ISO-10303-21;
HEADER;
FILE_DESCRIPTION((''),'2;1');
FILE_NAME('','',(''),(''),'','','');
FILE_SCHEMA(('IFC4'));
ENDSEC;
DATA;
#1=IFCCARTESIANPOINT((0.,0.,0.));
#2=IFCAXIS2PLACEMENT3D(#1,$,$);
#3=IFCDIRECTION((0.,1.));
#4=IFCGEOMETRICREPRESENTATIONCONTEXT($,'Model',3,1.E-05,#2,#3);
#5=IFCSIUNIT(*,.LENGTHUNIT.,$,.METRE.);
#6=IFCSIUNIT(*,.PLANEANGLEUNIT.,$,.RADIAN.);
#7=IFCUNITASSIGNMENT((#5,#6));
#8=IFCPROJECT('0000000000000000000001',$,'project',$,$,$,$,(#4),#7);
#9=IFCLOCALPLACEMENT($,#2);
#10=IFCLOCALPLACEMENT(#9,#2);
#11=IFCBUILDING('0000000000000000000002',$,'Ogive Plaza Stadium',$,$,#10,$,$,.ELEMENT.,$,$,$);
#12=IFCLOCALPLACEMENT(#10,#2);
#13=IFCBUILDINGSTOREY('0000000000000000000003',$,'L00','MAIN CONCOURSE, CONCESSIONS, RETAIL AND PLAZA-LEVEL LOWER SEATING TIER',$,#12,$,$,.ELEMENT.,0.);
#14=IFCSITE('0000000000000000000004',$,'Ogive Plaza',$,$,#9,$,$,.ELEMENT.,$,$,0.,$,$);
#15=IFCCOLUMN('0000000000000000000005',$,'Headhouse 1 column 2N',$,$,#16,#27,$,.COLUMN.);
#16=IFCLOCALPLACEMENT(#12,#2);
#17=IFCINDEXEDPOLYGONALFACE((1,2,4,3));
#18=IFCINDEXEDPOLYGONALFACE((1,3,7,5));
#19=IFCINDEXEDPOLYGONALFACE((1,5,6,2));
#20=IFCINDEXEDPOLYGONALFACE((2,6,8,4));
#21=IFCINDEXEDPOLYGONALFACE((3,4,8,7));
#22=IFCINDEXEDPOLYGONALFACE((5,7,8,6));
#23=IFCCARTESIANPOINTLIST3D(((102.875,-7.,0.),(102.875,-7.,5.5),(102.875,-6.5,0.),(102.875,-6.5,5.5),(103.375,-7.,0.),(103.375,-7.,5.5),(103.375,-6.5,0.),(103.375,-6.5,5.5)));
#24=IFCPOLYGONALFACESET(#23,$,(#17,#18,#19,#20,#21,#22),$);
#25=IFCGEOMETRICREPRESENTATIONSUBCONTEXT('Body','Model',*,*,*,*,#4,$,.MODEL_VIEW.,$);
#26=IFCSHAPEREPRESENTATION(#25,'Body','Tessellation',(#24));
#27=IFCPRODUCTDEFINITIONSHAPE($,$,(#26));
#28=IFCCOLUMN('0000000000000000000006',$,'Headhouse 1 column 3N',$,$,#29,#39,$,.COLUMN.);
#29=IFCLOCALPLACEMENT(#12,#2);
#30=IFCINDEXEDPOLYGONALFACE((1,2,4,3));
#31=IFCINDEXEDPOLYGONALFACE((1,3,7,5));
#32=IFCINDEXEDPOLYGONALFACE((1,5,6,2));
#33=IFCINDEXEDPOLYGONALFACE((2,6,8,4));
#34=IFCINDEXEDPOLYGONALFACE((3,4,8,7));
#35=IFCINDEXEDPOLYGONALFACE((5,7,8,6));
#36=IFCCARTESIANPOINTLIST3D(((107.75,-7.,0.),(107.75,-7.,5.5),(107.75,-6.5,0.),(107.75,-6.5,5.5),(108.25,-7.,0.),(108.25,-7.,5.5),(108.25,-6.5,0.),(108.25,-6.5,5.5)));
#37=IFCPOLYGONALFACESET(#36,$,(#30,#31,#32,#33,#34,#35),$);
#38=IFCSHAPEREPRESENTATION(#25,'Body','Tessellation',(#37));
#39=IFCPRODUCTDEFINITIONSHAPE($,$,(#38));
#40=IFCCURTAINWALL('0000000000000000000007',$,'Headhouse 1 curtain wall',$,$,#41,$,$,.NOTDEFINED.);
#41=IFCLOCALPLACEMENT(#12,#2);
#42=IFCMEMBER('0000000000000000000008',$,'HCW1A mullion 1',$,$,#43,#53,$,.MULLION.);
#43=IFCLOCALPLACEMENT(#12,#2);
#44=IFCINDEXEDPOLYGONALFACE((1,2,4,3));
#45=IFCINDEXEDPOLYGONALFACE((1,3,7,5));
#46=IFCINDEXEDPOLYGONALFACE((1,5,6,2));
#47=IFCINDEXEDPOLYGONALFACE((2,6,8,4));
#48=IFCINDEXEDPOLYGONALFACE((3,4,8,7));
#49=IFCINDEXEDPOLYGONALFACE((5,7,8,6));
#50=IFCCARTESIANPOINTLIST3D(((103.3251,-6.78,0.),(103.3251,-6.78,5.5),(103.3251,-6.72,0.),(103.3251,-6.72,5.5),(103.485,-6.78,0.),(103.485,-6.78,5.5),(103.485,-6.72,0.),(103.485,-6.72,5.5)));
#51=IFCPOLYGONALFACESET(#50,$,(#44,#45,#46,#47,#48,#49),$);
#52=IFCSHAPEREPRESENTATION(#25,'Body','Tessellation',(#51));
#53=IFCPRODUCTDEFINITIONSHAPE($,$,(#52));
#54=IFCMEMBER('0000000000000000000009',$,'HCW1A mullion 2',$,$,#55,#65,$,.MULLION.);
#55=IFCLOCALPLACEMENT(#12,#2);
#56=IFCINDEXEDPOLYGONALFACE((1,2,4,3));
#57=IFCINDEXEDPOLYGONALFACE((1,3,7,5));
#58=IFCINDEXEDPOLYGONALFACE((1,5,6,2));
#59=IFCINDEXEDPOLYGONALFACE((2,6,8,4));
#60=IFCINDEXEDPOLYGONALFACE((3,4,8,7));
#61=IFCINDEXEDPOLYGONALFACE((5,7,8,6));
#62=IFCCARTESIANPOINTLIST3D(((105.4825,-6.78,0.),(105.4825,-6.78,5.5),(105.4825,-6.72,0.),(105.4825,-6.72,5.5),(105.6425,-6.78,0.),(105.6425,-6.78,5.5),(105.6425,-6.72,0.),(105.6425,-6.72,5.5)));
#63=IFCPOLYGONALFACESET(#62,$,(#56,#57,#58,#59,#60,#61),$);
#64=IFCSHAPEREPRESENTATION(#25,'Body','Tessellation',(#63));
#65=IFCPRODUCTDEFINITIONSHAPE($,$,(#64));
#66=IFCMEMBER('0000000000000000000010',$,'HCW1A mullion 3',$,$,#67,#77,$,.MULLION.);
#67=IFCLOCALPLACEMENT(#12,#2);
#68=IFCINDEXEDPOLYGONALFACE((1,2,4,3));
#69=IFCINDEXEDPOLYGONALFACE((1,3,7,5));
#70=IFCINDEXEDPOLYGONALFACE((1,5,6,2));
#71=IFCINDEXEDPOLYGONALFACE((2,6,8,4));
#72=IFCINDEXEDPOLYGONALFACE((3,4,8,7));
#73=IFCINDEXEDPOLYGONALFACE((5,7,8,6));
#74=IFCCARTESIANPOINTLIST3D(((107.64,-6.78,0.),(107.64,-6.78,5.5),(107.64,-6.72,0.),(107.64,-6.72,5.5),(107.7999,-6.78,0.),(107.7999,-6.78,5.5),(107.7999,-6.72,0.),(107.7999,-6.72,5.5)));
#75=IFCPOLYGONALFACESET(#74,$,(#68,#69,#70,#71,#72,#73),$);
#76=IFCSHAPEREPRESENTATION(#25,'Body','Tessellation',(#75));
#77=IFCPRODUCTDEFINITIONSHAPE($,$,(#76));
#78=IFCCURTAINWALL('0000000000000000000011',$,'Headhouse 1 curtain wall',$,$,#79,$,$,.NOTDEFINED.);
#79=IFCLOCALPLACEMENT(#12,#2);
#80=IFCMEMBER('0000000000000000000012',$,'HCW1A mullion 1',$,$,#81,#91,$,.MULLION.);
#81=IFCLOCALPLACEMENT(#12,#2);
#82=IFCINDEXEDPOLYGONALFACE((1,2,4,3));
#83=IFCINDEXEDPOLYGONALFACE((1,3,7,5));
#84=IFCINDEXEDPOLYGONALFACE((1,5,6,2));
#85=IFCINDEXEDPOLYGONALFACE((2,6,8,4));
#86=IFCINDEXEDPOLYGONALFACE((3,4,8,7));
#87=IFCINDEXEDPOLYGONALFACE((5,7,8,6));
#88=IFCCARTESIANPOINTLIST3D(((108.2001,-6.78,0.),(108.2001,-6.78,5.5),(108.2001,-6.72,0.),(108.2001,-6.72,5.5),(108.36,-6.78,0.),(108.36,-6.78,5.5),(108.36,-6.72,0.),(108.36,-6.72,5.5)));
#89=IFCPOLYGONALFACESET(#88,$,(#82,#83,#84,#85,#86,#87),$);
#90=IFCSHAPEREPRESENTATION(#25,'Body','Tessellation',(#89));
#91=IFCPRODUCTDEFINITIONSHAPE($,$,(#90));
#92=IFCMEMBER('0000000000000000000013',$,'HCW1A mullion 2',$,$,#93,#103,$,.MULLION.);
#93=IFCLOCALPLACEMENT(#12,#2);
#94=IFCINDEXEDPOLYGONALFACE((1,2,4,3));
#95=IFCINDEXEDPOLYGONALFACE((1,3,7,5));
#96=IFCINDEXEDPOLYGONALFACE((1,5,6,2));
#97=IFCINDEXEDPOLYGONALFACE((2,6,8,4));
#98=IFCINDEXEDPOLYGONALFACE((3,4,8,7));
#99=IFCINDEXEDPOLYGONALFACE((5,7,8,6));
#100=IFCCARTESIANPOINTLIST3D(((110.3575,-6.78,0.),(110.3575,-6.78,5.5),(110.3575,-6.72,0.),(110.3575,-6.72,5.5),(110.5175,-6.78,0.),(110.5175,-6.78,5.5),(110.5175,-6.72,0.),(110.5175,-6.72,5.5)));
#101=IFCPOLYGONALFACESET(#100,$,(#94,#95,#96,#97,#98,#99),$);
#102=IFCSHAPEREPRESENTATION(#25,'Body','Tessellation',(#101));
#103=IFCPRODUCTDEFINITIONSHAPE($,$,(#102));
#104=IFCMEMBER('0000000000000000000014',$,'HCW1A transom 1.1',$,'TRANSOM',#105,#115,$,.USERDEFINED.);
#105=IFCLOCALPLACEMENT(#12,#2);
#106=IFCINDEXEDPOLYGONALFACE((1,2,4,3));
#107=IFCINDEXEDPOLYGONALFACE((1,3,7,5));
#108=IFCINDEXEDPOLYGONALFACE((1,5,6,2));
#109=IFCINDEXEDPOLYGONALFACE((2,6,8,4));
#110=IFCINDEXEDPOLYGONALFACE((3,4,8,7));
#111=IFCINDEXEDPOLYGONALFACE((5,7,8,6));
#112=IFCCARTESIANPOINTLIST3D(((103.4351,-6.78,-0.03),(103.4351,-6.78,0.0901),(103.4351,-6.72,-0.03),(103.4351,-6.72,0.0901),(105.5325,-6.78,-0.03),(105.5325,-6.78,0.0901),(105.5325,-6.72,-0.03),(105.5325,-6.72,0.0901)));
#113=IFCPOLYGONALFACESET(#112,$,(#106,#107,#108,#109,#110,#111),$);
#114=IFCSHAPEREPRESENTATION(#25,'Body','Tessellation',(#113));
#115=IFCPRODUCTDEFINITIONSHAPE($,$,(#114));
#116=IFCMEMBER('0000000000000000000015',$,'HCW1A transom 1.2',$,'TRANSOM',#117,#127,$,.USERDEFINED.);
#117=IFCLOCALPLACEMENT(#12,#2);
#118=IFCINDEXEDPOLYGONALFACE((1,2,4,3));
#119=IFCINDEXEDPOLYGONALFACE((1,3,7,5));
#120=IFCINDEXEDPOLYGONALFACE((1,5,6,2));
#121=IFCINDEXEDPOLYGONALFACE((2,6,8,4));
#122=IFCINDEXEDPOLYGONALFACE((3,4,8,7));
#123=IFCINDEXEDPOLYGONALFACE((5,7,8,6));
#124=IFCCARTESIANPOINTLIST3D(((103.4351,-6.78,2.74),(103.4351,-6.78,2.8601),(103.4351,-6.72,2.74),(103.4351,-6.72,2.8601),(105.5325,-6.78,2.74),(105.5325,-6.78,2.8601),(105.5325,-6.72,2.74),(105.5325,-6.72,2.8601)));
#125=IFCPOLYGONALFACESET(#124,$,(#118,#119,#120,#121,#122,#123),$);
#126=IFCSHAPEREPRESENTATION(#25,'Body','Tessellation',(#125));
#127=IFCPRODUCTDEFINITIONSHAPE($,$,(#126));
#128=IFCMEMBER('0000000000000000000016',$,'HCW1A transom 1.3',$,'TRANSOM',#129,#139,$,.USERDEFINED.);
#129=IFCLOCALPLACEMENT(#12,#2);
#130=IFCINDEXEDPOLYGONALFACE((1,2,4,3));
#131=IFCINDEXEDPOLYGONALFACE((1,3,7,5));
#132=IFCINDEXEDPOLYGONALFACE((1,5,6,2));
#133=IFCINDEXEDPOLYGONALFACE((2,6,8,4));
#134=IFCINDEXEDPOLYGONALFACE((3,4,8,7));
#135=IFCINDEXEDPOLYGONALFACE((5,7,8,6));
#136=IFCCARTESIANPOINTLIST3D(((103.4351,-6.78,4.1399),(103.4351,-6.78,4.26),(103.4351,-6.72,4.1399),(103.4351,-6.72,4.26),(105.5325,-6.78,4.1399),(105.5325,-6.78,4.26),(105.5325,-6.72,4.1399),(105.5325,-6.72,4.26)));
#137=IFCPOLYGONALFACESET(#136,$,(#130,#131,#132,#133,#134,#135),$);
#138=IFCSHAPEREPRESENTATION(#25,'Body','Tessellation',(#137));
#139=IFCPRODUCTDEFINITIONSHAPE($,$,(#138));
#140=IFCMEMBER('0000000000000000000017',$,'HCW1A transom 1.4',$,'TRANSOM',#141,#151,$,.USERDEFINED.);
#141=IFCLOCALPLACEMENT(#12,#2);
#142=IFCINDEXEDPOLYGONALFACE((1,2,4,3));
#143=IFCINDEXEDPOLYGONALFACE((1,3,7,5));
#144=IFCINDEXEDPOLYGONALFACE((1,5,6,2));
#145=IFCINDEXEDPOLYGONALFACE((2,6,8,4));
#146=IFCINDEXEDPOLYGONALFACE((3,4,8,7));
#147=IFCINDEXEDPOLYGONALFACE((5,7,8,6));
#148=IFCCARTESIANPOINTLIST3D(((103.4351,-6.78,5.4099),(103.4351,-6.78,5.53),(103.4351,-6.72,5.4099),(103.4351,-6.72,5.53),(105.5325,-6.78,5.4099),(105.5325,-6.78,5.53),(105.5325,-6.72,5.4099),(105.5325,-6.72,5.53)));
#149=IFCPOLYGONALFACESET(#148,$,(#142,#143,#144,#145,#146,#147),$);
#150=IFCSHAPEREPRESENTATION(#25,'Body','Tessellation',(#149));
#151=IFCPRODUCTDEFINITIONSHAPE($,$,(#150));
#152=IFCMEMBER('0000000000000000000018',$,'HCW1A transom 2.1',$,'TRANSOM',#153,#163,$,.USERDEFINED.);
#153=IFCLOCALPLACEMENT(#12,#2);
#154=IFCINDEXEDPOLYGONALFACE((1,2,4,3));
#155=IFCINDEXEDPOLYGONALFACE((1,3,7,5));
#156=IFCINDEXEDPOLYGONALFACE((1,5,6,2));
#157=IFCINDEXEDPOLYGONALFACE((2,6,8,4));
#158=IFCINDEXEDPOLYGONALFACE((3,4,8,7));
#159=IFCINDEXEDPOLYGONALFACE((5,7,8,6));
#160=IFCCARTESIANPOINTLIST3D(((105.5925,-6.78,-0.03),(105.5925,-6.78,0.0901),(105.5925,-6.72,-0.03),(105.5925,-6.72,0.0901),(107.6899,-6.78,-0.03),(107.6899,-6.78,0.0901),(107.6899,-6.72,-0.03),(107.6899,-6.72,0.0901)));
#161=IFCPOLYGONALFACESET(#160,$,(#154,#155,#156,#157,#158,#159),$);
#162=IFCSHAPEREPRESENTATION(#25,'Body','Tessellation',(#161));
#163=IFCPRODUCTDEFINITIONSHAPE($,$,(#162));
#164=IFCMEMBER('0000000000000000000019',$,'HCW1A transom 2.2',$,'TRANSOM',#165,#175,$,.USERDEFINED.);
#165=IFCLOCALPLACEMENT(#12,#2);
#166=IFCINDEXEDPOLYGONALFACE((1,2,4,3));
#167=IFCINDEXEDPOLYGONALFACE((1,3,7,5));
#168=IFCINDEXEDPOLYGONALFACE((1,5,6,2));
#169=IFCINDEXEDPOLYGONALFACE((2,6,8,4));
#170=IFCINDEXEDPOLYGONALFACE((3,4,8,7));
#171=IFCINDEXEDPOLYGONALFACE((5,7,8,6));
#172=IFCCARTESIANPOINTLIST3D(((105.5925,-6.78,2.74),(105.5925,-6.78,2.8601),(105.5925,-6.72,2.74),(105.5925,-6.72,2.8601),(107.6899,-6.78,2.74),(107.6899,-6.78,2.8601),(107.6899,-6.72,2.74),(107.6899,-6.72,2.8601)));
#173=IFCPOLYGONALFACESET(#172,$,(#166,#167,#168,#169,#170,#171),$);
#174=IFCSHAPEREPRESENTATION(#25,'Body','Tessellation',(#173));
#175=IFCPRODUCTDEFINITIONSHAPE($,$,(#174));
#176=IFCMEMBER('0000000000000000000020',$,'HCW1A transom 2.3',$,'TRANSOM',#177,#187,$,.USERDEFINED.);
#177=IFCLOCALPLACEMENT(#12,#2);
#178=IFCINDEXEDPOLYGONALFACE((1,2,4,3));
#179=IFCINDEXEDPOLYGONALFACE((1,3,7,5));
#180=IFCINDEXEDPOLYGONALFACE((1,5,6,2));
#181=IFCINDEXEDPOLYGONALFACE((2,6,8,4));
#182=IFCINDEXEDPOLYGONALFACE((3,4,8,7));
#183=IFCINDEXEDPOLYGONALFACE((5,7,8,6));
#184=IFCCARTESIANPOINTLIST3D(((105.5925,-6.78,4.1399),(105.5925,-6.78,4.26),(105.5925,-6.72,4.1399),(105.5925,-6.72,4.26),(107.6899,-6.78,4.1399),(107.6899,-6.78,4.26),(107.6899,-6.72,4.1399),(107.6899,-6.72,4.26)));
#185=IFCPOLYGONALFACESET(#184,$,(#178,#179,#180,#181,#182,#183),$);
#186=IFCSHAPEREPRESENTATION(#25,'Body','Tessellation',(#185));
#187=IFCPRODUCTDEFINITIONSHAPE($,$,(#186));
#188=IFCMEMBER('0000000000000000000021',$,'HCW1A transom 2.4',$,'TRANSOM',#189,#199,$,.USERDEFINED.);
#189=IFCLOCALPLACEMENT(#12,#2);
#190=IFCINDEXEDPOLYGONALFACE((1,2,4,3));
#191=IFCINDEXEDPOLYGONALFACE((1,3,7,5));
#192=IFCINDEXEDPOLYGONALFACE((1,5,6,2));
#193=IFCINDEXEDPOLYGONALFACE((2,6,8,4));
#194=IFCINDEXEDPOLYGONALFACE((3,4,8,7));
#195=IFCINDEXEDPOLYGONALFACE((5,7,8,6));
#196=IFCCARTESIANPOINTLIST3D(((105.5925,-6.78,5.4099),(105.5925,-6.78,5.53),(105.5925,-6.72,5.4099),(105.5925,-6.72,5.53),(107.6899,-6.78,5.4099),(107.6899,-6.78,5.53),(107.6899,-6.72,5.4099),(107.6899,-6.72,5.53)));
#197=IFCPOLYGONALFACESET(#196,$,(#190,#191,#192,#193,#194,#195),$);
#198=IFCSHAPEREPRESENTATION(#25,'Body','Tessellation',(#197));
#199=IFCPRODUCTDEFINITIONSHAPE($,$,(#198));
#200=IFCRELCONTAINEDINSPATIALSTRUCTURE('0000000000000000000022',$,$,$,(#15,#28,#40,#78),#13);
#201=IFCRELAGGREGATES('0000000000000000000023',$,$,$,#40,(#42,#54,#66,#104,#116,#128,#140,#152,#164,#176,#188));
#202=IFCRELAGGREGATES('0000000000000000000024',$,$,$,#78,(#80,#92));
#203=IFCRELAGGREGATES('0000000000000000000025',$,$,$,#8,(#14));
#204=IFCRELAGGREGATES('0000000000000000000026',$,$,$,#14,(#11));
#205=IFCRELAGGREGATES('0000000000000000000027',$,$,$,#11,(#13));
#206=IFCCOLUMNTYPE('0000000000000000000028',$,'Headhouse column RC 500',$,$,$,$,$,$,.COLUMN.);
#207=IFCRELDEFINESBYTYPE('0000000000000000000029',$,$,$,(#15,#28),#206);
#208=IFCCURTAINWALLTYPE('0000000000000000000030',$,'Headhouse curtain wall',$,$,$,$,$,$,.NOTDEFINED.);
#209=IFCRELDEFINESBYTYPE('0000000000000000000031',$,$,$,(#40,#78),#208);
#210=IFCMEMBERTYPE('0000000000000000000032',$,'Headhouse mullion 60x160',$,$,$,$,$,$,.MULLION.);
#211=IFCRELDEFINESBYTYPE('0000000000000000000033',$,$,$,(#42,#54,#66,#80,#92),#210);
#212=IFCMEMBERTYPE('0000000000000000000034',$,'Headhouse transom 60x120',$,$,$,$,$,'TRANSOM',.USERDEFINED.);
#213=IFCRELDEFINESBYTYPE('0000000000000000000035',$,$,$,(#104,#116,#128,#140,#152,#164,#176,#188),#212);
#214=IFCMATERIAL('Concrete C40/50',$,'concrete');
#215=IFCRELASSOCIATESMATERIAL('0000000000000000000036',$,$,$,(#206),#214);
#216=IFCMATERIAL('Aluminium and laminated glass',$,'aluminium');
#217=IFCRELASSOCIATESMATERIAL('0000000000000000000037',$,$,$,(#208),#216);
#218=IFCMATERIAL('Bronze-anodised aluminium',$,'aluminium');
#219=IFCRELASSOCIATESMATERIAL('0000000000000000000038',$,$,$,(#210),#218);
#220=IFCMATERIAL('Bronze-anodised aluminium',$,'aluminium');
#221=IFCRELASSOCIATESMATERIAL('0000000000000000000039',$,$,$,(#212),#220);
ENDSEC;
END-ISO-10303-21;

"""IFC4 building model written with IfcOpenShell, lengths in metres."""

from ifc_helpers import new_model, si_unit, direction, frame, origin, origin_2d, place, context, subcontext, project, spatial, rectangle, extrude, material, material_profile, profile_set, type_object, element, aggregate, save


model = new_model("IFC4")

# Units and contexts
model_context = context("Model", 3, precision=1e-05, world=origin(), true_north=direction((0.0, 1.0)))
body_context = subcontext(model_context, "Body", "Model", "MODEL_VIEW")
ifc_project = project(units=[si_unit("LENGTHUNIT", "METRE"), si_unit("PLANEANGLEUNIT", "RADIAN")], contexts=[model_context])

# Site, building, storey
site_placement = place(None, origin())
site = spatial("IfcSite", under=ifc_project, at=site_placement, Name="Ogive Plaza", CompositionType="ELEMENT", RefElevation=0.0)
building_placement = place(site_placement, origin())
building = spatial("IfcBuilding", under=site, at=building_placement, Name="Ogive Plaza Stadium", CompositionType="ELEMENT")
storey_placement = place(building_placement, origin())
storey = spatial("IfcBuildingStorey", under=building, at=storey_placement, Name="L00", Description="MAIN CONCOURSE, CONCESSIONS, RETAIL AND PLAZA-LEVEL LOWER SEATING TIER", CompositionType="ELEMENT", Elevation=0.0)

# Columns
ifc_material_1 = material(Name="Concrete C40/50", Category="concrete")
ifc_material_profile_1 = material_profile(ifc_material_1, rectangle(XDim=0.5, YDim=0.5, at=origin_2d()), Name="Headhouse column RC 500")
ifc_profile_set_1 = profile_set([ifc_material_profile_1], Name="Concrete C40/50")
column_type = type_object("IfcColumnType", Name="Headhouse column RC 500", PredefinedType="COLUMN", material=ifc_profile_set_1)
for number, where, z_axis, x_axis, name in (
    (1, (103.125, -6.75, 0.0), (0.0, 0.0, 1.0), (1.0, 0.0, 0.0), "Headhouse 1 column 2N"),
    (2, (108.0, -6.75, 0.0), (0.0, 0.0, 1.0), (1.0, 0.0, 0.0), "Headhouse 1 column 3N"),
):
    element("IfcColumn", number, at=place(storey_placement, frame(where, z_axis=z_axis, x_axis=x_axis)), inside=storey, type_object=column_type, Name=name, PredefinedType="COLUMN", context=body_context, shape_type="SweptSolid", body=[
        extrude(rectangle(XDim=0.5, YDim=0.5, at=origin_2d()), origin(), (0.0, 0.0, 1.0), 5.5),
    ])

# Curtain walls, members
ifc_material_2 = material(Name="Aluminium and laminated glass", Category="aluminium")
curtain_wall_type = type_object("IfcCurtainWallType", Name="Headhouse curtain wall", PredefinedType="NOTDEFINED", material=ifc_material_2)
curtain_wall_1_placement = place(storey_placement, origin())
curtain_wall_1 = element("IfcCurtainWall", 3, at=curtain_wall_1_placement, inside=storey, type_object=curtain_wall_type, Name="Headhouse 1 curtain wall", PredefinedType="NOTDEFINED")
ifc_material_3 = material(Name="Bronze-anodised aluminium", Category="aluminium")
ifc_material_profile_2 = material_profile(ifc_material_3, rectangle(XDim=0.0601, YDim=0.1599, at=origin_2d()), Name="Headhouse mullion 60x160")
ifc_profile_set_2 = profile_set([ifc_material_profile_2], Name="Bronze-anodised aluminium")
member_type_1 = type_object("IfcMemberType", Name="Headhouse mullion 60x160", PredefinedType="MULLION", material=ifc_profile_set_2)
member_1_placement = place(storey_placement, frame((103.405, -6.75, 0.0), z_axis=(0.0, 0.0, 1.0), x_axis=(0.0, 1.0, 0.0)))
member_1 = element("IfcMember", 4, at=member_1_placement, type_object=member_type_1, Name="HCW1A mullion 1", PredefinedType="MULLION", context=body_context, shape_type="SweptSolid", body=[
    extrude(rectangle(XDim=0.0601, YDim=0.1599, at=origin_2d()), origin(), (0.0, 0.0, 1.0), 5.5),
])
member_2_placement = place(storey_placement, frame((105.5625, -6.75, 0.0), z_axis=(0.0, 0.0, 1.0), x_axis=(0.0, 1.0, 0.0)))
member_2 = element("IfcMember", 5, at=member_2_placement, type_object=member_type_1, Name="HCW1A mullion 2", PredefinedType="MULLION", context=body_context, shape_type="SweptSolid", body=[
    extrude(rectangle(XDim=0.0601, YDim=0.1599, at=origin_2d()), origin(), (0.0, 0.0, 1.0), 5.5),
])
member_3_placement = place(storey_placement, frame((107.72, -6.75, 0.0), z_axis=(0.0, 0.0, 1.0), x_axis=(0.0, 1.0, 0.0)))
member_3 = element("IfcMember", 6, at=member_3_placement, type_object=member_type_1, Name="HCW1A mullion 3", PredefinedType="MULLION", context=body_context, shape_type="SweptSolid", body=[
    extrude(rectangle(XDim=0.0601, YDim=0.1599, at=origin_2d()), origin(), (0.0, 0.0, 1.0), 5.5),
])
curtain_wall_2_placement = place(storey_placement, origin())
curtain_wall_2 = element("IfcCurtainWall", 7, at=curtain_wall_2_placement, inside=storey, type_object=curtain_wall_type, Name="Headhouse 1 curtain wall", PredefinedType="NOTDEFINED")
member_4_placement = place(storey_placement, frame((108.28, -6.75, 0.0), z_axis=(0.0, 0.0, 1.0), x_axis=(0.0, 1.0, 0.0)))
member_4 = element("IfcMember", 8, at=member_4_placement, type_object=member_type_1, Name="HCW1A mullion 1", PredefinedType="MULLION", context=body_context, shape_type="SweptSolid", body=[
    extrude(rectangle(XDim=0.0601, YDim=0.1599, at=origin_2d()), origin(), (0.0, 0.0, 1.0), 5.5),
])
member_5_placement = place(storey_placement, frame((110.4375, -6.75, 0.0), z_axis=(0.0, 0.0, 1.0), x_axis=(0.0, 1.0, 0.0)))
member_5 = element("IfcMember", 9, at=member_5_placement, type_object=member_type_1, Name="HCW1A mullion 2", PredefinedType="MULLION", context=body_context, shape_type="SweptSolid", body=[
    extrude(rectangle(XDim=0.0601, YDim=0.1599, at=origin_2d()), origin(), (0.0, 0.0, 1.0), 5.5),
])

# Members
ifc_material_4 = material(Name="Bronze-anodised aluminium", Category="aluminium")
ifc_material_profile_3 = material_profile(ifc_material_4, rectangle(XDim=0.0601, YDim=0.1201, at=origin_2d()), Name="Headhouse transom 60x120")
ifc_profile_set_3 = profile_set([ifc_material_profile_3], Name="Bronze-anodised aluminium")
member_type_2 = type_object("IfcMemberType", Name="Headhouse transom 60x120", ElementType="TRANSOM", PredefinedType="USERDEFINED", material=ifc_profile_set_3)
member_6_placement = place(storey_placement, frame((103.4351, -6.75, 0.03), z_axis=(1.0, 0.0, 0.0), x_axis=(0.0, 1.0, 0.0)))
member_6 = element("IfcMember", 10, at=member_6_placement, type_object=member_type_2, Name="HCW1A transom 1.1", ObjectType="TRANSOM", PredefinedType="USERDEFINED", context=body_context, shape_type="SweptSolid", body=[
    extrude(rectangle(XDim=0.0601, YDim=0.1201, at=origin_2d()), origin(), (0.0, 0.0, 1.0), 2.0974),
])
member_7_placement = place(storey_placement, frame((103.4351, -6.75, 2.8), z_axis=(1.0, 0.0, 0.0), x_axis=(0.0, 1.0, 0.0)))
member_7 = element("IfcMember", 11, at=member_7_placement, type_object=member_type_2, Name="HCW1A transom 1.2", ObjectType="TRANSOM", PredefinedType="USERDEFINED", context=body_context, shape_type="SweptSolid", body=[
    extrude(rectangle(XDim=0.0601, YDim=0.1201, at=origin_2d()), origin(), (0.0, 0.0, 1.0), 2.0974),
])
member_8_placement = place(storey_placement, frame((103.4351, -6.75, 4.2), z_axis=(1.0, 0.0, 0.0), x_axis=(0.0, 1.0, 0.0)))
member_8 = element("IfcMember", 12, at=member_8_placement, type_object=member_type_2, Name="HCW1A transom 1.3", ObjectType="TRANSOM", PredefinedType="USERDEFINED", context=body_context, shape_type="SweptSolid", body=[
    extrude(rectangle(XDim=0.0601, YDim=0.1201, at=origin_2d()), origin(), (0.0, 0.0, 1.0), 2.0974),
])
member_9_placement = place(storey_placement, frame((103.4351, -6.75, 5.47), z_axis=(1.0, 0.0, 0.0), x_axis=(0.0, 1.0, 0.0)))
member_9 = element("IfcMember", 13, at=member_9_placement, type_object=member_type_2, Name="HCW1A transom 1.4", ObjectType="TRANSOM", PredefinedType="USERDEFINED", context=body_context, shape_type="SweptSolid", body=[
    extrude(rectangle(XDim=0.0601, YDim=0.1201, at=origin_2d()), origin(), (0.0, 0.0, 1.0), 2.0974),
])
member_10_placement = place(storey_placement, frame((105.5925, -6.75, 0.03), z_axis=(1.0, 0.0, 0.0), x_axis=(0.0, 1.0, 0.0)))
member_10 = element("IfcMember", 14, at=member_10_placement, type_object=member_type_2, Name="HCW1A transom 2.1", ObjectType="TRANSOM", PredefinedType="USERDEFINED", context=body_context, shape_type="SweptSolid", body=[
    extrude(rectangle(XDim=0.0601, YDim=0.1201, at=origin_2d()), origin(), (0.0, 0.0, 1.0), 2.0974),
])
member_11_placement = place(storey_placement, frame((105.5925, -6.75, 2.8), z_axis=(1.0, 0.0, 0.0), x_axis=(0.0, 1.0, 0.0)))
member_11 = element("IfcMember", 15, at=member_11_placement, type_object=member_type_2, Name="HCW1A transom 2.2", ObjectType="TRANSOM", PredefinedType="USERDEFINED", context=body_context, shape_type="SweptSolid", body=[
    extrude(rectangle(XDim=0.0601, YDim=0.1201, at=origin_2d()), origin(), (0.0, 0.0, 1.0), 2.0974),
])
member_12_placement = place(storey_placement, frame((105.5925, -6.75, 4.2), z_axis=(1.0, 0.0, 0.0), x_axis=(0.0, 1.0, 0.0)))
member_12 = element("IfcMember", 16, at=member_12_placement, type_object=member_type_2, Name="HCW1A transom 2.3", ObjectType="TRANSOM", PredefinedType="USERDEFINED", context=body_context, shape_type="SweptSolid", body=[
    extrude(rectangle(XDim=0.0601, YDim=0.1201, at=origin_2d()), origin(), (0.0, 0.0, 1.0), 2.0974),
])
member_13_placement = place(storey_placement, frame((105.5925, -6.75, 5.47), z_axis=(1.0, 0.0, 0.0), x_axis=(0.0, 1.0, 0.0)))
member_13 = element("IfcMember", 17, at=member_13_placement, type_object=member_type_2, Name="HCW1A transom 2.4", ObjectType="TRANSOM", PredefinedType="USERDEFINED", context=body_context, shape_type="SweptSolid", body=[
    extrude(rectangle(XDim=0.0601, YDim=0.1201, at=origin_2d()), origin(), (0.0, 0.0, 1.0), 2.0974),
])

aggregate(curtain_wall_1, [member_1, member_2, member_3, member_6, member_7, member_8, member_9, member_10, member_11, member_12, member_13])
aggregate(curtain_wall_2, [member_4, member_5])

save(model, "model.ifc")
